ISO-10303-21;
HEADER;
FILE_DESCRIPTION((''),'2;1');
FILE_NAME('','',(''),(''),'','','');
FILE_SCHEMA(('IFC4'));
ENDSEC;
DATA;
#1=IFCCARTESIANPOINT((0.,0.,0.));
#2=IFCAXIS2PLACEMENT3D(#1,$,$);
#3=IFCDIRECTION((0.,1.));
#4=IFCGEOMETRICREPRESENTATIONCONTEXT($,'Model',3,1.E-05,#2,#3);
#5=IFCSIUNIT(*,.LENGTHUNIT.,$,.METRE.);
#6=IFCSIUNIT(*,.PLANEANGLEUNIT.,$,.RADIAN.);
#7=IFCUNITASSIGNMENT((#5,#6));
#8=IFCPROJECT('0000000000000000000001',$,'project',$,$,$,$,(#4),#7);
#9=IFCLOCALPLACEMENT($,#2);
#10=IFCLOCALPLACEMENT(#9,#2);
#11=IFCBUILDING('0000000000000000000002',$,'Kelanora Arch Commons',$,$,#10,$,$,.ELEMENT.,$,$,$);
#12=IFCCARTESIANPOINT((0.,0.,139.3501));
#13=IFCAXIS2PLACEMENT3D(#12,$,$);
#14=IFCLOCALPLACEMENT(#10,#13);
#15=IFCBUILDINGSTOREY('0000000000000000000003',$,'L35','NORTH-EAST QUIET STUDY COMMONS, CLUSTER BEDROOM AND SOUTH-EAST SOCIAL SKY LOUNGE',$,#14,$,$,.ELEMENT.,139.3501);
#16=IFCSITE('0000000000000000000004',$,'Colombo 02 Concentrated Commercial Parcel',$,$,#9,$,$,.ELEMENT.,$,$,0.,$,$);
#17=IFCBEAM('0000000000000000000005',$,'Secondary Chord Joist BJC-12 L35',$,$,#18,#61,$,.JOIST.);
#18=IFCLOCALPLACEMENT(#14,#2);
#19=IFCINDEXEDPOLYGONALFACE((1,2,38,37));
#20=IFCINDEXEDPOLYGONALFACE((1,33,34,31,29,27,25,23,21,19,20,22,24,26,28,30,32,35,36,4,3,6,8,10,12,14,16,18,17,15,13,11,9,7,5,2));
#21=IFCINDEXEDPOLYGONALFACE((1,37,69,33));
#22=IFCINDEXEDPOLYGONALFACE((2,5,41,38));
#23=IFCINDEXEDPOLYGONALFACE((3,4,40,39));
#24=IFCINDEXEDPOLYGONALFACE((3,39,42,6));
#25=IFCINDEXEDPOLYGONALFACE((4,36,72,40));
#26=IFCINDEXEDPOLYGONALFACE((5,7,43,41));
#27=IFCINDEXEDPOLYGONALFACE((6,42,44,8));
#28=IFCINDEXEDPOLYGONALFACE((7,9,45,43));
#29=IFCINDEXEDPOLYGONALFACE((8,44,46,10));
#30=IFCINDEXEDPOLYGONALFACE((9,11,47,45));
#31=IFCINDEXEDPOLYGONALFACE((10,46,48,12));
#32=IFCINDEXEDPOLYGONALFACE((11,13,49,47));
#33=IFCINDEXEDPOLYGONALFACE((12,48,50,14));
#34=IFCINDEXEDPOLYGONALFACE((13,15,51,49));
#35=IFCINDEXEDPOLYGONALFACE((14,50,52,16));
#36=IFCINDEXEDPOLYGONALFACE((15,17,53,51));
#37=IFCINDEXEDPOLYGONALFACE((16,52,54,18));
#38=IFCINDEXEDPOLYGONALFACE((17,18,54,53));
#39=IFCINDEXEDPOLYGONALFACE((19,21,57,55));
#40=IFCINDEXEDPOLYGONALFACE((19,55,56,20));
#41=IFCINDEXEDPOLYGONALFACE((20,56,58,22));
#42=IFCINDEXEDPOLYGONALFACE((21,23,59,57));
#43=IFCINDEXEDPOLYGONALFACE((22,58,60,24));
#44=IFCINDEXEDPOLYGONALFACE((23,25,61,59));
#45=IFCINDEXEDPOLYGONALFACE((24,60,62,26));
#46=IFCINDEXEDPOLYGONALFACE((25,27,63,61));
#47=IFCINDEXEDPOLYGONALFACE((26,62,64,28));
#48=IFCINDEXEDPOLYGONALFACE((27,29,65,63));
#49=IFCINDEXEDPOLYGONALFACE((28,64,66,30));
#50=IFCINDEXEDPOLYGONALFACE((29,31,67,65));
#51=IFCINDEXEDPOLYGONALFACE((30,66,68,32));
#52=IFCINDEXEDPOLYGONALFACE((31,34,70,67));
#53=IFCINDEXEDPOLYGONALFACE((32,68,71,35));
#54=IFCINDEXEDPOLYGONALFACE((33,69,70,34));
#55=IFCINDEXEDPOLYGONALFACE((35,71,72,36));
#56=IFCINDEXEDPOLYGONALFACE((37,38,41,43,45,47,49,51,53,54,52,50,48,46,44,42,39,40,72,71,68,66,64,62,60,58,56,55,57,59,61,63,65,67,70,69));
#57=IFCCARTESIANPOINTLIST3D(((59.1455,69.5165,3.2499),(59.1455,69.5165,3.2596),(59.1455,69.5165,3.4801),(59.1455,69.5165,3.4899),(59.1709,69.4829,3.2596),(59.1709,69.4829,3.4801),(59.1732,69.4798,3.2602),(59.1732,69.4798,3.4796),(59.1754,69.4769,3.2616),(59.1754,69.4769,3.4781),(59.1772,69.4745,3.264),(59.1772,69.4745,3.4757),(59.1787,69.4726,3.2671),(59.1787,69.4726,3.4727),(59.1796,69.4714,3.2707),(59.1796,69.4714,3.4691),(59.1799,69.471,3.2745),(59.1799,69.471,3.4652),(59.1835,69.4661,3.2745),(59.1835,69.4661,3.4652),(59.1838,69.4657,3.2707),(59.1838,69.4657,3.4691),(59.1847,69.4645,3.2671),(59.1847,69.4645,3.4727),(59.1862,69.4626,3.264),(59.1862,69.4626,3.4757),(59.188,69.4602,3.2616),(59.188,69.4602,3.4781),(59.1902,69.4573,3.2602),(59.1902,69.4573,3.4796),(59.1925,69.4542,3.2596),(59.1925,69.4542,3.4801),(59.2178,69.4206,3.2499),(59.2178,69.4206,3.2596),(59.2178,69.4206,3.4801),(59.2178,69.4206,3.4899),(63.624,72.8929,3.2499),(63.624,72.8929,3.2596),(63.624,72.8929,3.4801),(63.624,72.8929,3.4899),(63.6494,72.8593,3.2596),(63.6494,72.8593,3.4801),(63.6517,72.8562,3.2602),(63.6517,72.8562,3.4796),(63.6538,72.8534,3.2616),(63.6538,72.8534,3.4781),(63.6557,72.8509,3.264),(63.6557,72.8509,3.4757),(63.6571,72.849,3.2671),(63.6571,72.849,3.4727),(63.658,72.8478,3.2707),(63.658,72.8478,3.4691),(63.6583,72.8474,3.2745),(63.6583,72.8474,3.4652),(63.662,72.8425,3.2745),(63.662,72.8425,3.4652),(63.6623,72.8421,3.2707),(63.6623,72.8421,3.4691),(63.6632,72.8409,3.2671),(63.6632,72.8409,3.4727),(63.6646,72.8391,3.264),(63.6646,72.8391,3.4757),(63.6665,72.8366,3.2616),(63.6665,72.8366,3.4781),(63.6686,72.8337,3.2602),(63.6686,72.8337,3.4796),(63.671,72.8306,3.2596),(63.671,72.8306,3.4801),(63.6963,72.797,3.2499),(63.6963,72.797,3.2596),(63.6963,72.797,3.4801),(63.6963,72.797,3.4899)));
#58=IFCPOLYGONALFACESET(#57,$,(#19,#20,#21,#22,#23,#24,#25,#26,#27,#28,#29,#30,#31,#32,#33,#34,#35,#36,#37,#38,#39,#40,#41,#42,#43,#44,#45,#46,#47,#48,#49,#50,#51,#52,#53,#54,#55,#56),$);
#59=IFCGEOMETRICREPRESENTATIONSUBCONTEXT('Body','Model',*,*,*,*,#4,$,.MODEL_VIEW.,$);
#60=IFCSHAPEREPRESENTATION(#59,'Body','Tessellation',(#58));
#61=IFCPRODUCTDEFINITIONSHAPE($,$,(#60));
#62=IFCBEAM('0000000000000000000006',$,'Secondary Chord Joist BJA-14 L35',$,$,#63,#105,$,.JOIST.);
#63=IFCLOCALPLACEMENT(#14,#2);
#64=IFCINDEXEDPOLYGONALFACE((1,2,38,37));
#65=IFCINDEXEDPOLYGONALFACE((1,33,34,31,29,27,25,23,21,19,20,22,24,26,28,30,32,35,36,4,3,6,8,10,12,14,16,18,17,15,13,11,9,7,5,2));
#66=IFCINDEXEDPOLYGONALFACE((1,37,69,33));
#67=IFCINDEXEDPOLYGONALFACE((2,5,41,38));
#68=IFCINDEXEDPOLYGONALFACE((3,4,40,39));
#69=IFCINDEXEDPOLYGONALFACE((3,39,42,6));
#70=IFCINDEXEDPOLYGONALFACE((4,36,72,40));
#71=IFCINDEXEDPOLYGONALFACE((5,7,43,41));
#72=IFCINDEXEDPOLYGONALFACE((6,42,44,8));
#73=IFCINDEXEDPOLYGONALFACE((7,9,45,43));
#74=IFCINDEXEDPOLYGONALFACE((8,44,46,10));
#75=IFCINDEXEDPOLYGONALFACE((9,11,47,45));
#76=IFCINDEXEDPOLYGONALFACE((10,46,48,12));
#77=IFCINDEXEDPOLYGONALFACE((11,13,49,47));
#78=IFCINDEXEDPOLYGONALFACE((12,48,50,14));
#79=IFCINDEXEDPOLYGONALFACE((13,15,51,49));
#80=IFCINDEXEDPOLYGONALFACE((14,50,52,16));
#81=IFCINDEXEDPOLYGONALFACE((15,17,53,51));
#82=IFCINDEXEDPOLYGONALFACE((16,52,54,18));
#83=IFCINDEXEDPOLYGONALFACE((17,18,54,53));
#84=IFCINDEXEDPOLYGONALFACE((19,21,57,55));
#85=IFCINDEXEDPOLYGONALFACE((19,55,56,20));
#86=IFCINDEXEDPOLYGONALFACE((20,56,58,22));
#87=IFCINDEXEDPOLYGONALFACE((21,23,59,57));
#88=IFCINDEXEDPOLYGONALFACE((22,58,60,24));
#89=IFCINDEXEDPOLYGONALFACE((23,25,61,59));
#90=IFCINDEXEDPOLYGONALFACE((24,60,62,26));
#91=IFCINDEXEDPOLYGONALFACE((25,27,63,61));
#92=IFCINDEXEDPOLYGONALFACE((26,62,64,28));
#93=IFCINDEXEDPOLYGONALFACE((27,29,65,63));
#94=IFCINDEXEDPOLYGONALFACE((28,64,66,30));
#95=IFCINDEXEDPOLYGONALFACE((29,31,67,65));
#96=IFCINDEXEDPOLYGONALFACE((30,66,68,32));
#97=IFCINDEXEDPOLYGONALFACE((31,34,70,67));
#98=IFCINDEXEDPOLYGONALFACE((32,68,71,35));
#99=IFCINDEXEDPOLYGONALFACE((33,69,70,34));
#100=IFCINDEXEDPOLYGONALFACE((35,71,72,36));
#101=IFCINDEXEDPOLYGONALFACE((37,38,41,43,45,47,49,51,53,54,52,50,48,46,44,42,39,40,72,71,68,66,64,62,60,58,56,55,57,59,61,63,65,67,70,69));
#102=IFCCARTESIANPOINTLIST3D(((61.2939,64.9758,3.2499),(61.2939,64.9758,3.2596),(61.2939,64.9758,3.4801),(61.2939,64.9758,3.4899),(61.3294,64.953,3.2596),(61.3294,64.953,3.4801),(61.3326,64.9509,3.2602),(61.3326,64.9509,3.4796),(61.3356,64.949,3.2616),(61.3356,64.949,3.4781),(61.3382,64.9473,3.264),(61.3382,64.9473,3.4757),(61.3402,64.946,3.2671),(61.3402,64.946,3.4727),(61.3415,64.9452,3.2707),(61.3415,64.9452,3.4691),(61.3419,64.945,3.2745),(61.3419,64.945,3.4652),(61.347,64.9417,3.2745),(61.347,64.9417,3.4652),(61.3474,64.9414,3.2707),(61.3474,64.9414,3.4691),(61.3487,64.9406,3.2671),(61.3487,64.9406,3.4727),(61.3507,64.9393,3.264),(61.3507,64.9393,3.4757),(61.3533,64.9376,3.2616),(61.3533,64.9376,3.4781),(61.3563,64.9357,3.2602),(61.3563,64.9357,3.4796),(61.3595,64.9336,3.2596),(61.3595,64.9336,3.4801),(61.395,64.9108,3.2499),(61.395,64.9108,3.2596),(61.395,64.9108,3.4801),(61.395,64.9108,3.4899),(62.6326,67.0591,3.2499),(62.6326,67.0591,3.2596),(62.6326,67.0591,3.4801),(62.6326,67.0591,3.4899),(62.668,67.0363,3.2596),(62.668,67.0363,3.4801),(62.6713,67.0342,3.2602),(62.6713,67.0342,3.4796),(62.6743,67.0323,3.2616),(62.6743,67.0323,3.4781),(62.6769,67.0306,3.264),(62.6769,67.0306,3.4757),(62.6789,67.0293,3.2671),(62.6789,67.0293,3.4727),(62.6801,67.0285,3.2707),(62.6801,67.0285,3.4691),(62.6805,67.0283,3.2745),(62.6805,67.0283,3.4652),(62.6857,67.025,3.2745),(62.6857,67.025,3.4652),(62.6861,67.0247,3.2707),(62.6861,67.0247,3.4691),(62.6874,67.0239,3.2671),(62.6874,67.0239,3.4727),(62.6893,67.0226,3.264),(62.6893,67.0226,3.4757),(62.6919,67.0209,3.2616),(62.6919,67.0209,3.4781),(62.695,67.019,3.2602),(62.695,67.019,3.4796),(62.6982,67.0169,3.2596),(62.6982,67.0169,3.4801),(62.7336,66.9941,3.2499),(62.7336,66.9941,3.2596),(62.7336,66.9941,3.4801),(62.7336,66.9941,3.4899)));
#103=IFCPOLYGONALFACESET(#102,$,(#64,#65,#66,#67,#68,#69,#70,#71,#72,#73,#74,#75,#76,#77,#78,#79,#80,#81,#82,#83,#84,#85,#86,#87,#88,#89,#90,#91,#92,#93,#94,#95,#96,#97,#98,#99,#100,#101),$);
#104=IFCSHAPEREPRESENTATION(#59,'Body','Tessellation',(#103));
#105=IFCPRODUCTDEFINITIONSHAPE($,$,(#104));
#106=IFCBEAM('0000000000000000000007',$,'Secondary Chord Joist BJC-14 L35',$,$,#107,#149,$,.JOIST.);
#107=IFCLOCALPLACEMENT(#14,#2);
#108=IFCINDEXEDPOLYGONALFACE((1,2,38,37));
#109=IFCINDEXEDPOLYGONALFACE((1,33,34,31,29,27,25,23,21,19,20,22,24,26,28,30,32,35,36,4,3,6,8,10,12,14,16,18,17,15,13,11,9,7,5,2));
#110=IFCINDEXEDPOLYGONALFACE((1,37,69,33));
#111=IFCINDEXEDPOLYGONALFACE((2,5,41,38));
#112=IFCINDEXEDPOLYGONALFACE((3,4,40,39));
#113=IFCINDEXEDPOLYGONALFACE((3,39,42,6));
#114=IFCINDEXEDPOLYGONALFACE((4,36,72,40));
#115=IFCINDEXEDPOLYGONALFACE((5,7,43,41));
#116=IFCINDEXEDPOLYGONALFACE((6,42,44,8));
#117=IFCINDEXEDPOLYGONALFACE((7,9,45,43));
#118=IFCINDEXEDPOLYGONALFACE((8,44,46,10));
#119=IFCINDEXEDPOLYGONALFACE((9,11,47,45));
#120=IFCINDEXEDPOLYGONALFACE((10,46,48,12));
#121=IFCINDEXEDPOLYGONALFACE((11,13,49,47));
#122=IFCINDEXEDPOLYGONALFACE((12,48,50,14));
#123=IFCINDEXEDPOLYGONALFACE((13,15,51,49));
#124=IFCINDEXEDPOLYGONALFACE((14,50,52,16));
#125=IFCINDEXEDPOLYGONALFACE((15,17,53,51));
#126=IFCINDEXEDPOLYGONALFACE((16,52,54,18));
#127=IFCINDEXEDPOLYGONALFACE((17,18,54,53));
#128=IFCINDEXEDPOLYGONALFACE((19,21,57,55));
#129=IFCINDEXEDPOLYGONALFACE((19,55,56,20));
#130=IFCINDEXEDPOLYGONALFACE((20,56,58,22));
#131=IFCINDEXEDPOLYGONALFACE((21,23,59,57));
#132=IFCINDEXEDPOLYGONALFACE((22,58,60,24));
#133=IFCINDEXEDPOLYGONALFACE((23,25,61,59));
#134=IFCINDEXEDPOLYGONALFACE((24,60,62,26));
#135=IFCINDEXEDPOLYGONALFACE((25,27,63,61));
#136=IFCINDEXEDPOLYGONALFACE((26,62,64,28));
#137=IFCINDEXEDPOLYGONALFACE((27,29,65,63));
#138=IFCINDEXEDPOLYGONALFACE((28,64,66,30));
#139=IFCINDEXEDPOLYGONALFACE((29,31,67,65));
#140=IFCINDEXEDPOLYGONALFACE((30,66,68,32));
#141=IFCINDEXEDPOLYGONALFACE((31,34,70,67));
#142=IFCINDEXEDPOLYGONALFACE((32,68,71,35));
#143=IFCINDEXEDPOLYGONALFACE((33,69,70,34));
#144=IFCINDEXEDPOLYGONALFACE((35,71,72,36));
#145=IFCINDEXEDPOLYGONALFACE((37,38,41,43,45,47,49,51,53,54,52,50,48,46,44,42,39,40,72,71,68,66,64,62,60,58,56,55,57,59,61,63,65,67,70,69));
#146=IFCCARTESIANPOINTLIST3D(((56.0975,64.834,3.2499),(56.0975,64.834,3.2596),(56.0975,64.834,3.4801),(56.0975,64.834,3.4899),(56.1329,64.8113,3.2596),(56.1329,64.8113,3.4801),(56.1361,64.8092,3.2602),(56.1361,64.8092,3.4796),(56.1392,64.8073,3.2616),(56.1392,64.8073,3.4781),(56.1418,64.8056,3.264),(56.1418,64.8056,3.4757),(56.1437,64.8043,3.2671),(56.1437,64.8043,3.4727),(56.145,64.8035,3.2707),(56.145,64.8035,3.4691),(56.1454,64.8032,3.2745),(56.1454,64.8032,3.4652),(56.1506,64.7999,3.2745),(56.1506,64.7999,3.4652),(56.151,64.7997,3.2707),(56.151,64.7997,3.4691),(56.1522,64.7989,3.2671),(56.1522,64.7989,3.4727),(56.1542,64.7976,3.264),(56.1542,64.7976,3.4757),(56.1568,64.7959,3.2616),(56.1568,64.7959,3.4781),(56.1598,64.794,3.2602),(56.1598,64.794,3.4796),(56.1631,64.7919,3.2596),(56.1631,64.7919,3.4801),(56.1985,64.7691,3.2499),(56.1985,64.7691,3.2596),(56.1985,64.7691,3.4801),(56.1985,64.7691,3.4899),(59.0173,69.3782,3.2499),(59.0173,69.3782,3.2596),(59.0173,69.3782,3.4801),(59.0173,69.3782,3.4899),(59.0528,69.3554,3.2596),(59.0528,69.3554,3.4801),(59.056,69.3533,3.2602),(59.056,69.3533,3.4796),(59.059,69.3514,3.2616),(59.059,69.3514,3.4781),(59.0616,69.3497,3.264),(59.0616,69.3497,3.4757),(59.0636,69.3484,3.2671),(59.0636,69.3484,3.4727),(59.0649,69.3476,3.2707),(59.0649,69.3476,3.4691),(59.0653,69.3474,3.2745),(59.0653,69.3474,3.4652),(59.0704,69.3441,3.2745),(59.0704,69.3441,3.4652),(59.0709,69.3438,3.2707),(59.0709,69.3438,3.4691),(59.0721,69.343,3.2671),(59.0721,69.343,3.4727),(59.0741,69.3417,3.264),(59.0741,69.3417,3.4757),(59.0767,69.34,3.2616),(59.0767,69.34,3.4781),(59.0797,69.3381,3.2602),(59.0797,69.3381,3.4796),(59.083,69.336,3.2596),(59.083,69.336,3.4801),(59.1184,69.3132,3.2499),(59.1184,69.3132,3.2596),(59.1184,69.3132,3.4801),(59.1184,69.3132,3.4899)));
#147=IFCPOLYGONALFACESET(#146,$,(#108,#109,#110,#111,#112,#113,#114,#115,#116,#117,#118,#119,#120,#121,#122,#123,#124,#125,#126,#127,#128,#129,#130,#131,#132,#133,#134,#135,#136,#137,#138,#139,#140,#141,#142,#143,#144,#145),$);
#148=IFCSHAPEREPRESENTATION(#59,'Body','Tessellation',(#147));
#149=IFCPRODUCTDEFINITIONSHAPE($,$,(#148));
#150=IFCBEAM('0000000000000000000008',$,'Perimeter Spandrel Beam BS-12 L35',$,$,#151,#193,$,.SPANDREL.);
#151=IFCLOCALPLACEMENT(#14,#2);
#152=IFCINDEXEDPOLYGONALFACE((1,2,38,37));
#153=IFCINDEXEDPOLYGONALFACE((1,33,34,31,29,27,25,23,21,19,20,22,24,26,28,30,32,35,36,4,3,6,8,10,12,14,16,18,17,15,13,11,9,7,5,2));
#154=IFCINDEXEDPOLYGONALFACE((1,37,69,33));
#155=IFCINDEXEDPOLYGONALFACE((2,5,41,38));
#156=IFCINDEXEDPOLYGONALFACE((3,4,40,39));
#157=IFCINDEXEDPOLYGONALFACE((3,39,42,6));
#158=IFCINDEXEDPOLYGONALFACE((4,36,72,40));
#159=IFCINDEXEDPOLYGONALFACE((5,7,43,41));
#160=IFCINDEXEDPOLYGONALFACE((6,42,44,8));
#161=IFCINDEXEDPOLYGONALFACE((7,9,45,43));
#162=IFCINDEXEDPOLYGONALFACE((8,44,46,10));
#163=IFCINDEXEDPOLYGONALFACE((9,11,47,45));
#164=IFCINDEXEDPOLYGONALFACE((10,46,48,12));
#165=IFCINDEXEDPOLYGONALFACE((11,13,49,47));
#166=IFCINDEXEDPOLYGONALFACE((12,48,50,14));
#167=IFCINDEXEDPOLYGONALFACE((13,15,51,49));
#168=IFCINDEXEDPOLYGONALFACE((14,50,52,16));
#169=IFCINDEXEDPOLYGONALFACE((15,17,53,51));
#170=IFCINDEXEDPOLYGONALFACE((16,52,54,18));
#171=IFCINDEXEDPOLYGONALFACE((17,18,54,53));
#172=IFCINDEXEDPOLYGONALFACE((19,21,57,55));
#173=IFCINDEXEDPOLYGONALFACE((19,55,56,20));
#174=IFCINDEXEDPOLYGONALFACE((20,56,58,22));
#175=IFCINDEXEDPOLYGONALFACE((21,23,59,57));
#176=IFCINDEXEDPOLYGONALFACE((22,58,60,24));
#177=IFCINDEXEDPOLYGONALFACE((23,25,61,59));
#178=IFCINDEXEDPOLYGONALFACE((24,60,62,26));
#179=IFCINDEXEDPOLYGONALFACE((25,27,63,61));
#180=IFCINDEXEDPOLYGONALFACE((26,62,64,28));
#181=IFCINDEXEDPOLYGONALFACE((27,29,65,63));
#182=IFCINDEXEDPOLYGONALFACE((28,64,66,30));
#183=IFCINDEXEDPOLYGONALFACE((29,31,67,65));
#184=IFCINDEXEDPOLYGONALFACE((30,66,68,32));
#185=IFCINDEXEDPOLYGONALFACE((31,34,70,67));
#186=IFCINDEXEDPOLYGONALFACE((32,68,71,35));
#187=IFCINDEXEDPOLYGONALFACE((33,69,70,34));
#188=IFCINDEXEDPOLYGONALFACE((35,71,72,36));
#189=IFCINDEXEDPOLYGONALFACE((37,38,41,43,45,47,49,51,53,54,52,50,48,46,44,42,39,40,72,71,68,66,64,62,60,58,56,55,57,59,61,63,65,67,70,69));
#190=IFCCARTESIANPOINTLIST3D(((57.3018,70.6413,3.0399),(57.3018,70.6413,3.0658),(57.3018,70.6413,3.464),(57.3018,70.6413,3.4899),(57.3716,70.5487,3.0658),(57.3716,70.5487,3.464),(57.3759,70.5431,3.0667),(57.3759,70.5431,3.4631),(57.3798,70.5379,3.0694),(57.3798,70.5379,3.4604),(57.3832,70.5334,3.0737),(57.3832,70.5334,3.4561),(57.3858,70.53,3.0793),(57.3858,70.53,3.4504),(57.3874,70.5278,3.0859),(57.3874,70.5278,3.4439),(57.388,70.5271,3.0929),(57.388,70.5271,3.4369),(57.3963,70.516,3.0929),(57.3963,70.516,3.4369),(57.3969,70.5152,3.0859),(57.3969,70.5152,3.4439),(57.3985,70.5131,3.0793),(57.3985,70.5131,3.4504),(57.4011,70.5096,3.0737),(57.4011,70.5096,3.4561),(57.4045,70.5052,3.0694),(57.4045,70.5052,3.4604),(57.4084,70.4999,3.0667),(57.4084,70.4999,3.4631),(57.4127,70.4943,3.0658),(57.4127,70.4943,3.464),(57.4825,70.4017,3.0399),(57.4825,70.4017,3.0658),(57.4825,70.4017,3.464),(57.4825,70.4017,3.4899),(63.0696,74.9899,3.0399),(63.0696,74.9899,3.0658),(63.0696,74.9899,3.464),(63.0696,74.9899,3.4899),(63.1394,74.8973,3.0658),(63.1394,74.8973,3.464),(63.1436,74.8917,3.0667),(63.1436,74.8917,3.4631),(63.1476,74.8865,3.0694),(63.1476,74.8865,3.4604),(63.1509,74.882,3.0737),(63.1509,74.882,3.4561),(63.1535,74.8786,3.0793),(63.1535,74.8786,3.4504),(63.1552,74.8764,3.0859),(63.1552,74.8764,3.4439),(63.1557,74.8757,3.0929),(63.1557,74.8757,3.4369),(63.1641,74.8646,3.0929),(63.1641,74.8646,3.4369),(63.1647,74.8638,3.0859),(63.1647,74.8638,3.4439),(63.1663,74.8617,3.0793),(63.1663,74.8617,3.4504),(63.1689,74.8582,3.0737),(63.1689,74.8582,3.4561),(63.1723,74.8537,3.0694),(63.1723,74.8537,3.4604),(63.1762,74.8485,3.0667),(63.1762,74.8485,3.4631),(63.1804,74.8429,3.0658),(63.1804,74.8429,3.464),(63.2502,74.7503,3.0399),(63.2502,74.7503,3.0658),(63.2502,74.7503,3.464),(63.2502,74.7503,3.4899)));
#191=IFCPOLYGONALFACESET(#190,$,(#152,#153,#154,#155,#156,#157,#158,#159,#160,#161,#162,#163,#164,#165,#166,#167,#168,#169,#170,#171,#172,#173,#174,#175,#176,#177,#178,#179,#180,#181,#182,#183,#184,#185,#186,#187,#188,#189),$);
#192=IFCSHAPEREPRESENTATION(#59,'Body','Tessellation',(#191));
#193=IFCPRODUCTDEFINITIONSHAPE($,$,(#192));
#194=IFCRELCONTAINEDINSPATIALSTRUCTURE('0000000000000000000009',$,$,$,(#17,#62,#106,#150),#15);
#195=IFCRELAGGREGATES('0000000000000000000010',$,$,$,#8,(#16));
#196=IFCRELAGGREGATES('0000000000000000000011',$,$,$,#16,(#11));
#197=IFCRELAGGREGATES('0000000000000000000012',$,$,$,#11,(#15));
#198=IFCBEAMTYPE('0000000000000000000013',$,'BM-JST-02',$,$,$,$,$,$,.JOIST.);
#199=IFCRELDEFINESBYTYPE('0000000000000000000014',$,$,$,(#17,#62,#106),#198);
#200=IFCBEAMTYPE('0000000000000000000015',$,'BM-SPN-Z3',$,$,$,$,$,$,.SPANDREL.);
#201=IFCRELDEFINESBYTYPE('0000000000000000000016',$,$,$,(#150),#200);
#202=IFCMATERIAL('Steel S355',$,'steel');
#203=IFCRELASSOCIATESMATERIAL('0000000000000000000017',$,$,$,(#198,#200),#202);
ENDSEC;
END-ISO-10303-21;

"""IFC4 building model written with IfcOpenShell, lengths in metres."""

from ifc_helpers import new_model, si_unit, direction, frame, origin, origin_2d, place, context, subcontext, project, spatial, i_section, extrude, material, material_profile, profile_set, type_object, element, save


model = new_model("IFC4")

# Units and contexts
model_context = context("Model", 3, precision=1e-05, world=origin(), true_north=direction((0.0, 1.0)))
body_context = subcontext(model_context, "Body", "Model", "MODEL_VIEW")
ifc_project = project(units=[si_unit("LENGTHUNIT", "METRE"), si_unit("PLANEANGLEUNIT", "RADIAN")], contexts=[model_context])

# Site, building, storey
site_placement = place(None, origin())
site = spatial("IfcSite", under=ifc_project, at=site_placement, Name="Colombo 02 Concentrated Commercial Parcel", CompositionType="ELEMENT", RefElevation=0.0)
building_placement = place(site_placement, origin())
building = spatial("IfcBuilding", under=site, at=building_placement, Name="Kelanora Arch Commons", CompositionType="ELEMENT")
storey_placement = place(building_placement, frame((0.0, 0.0, 139.3501)))
storey = spatial("IfcBuildingStorey", under=building, at=storey_placement, Name="L35", Description="NORTH-EAST QUIET STUDY COMMONS, CLUSTER BEDROOM AND SOUTH-EAST SOCIAL SKY LOUNGE", CompositionType="ELEMENT", Elevation=139.3501)

# Beams
ifc_material_1 = material(Name="Steel S355", Category="steel")
ifc_material_profile_1 = material_profile(ifc_material_1, i_section(OverallWidth=0.1201, OverallDepth=0.24, WebThickness=0.0061, FlangeThickness=0.0098, FilletRadius=0.0149, at=origin_2d()), Name="IPE240")
ifc_profile_set_1 = profile_set([ifc_material_profile_1], Name="Steel S355")
beam_type_1 = type_object("IfcBeamType", Name="BM-JST-02", PredefinedType="JOIST", material=ifc_profile_set_1)
beam_1_placement = place(storey_placement, frame((63.6602, 72.845, 3.3699), z_axis=(-0.798493, -0.602004, 0.0), x_axis=(0.602004, -0.798493, 0.0)))
element("IfcBeam", 1, at=beam_1_placement, inside=storey, type_object=beam_type_1, Name="Secondary Chord Joist BJC-12 L35", PredefinedType="JOIST", context=body_context, shape_type="SweptSolid", body=[
    extrude(i_section(OverallWidth=0.1201, OverallDepth=0.24, WebThickness=0.0061, FlangeThickness=0.0098, FilletRadius=0.0149, at=origin_2d()), origin(), (0.0, 0.0, 1.0), 5.6086),
])
beam_2_placement = place(storey_placement, frame((62.6831, 67.0266, 3.3699), z_axis=(-0.540583, -0.841291, 0.0), x_axis=(0.841291, -0.540583, 0.0)))
element("IfcBeam", 2, at=beam_2_placement, inside=storey, type_object=beam_type_1, Name="Secondary Chord Joist BJA-14 L35", PredefinedType="JOIST", context=body_context, shape_type="SweptSolid", body=[
    extrude(i_section(OverallWidth=0.1201, OverallDepth=0.24, WebThickness=0.0061, FlangeThickness=0.0098, FilletRadius=0.0149, at=origin_2d()), origin(), (0.0, 0.0, 1.0), 2.4763),
])
beam_3_placement = place(storey_placement, frame((59.0679, 69.3457, 3.3699), z_axis=(-0.540582, -0.841292, 0.0), x_axis=(0.841292, -0.540582, 0.0)))
element("IfcBeam", 3, at=beam_3_placement, inside=storey, type_object=beam_type_1, Name="Secondary Chord Joist BJC-14 L35", PredefinedType="JOIST", context=body_context, shape_type="SweptSolid", body=[
    extrude(i_section(OverallWidth=0.1201, OverallDepth=0.24, WebThickness=0.0061, FlangeThickness=0.0098, FilletRadius=0.0149, at=origin_2d()), origin(), (0.0, 0.0, 1.0), 5.4014),
])
ifc_material_profile_2 = material_profile(ifc_material_1, i_section(OverallWidth=0.3, OverallDepth=0.45, WebThickness=0.0139, FlangeThickness=0.0259, FilletRadius=0.0271, at=origin_2d()), Name="HEB450")
ifc_profile_set_2 = profile_set([ifc_material_profile_2], Name="Steel S355")
beam_type_2 = type_object("IfcBeamType", Name="BM-SPN-Z3", PredefinedType="SPANDREL", material=ifc_profile_set_2)
beam_4_placement = place(storey_placement, frame((63.1599, 74.8701, 3.2649), z_axis=(-0.798485, -0.602015, 0.0), x_axis=(0.602015, -0.798485, 0.0)))
element("IfcBeam", 4, at=beam_4_placement, inside=storey, type_object=beam_type_2, Name="Perimeter Spandrel Beam BS-12 L35", PredefinedType="SPANDREL", context=body_context, shape_type="SweptSolid", body=[
    extrude(i_section(OverallWidth=0.3, OverallDepth=0.45, WebThickness=0.0139, FlangeThickness=0.0259, FilletRadius=0.0271, at=origin_2d()), origin(), (0.0, 0.0, 1.0), 7.2234),
])

save(model, "model.ifc")
